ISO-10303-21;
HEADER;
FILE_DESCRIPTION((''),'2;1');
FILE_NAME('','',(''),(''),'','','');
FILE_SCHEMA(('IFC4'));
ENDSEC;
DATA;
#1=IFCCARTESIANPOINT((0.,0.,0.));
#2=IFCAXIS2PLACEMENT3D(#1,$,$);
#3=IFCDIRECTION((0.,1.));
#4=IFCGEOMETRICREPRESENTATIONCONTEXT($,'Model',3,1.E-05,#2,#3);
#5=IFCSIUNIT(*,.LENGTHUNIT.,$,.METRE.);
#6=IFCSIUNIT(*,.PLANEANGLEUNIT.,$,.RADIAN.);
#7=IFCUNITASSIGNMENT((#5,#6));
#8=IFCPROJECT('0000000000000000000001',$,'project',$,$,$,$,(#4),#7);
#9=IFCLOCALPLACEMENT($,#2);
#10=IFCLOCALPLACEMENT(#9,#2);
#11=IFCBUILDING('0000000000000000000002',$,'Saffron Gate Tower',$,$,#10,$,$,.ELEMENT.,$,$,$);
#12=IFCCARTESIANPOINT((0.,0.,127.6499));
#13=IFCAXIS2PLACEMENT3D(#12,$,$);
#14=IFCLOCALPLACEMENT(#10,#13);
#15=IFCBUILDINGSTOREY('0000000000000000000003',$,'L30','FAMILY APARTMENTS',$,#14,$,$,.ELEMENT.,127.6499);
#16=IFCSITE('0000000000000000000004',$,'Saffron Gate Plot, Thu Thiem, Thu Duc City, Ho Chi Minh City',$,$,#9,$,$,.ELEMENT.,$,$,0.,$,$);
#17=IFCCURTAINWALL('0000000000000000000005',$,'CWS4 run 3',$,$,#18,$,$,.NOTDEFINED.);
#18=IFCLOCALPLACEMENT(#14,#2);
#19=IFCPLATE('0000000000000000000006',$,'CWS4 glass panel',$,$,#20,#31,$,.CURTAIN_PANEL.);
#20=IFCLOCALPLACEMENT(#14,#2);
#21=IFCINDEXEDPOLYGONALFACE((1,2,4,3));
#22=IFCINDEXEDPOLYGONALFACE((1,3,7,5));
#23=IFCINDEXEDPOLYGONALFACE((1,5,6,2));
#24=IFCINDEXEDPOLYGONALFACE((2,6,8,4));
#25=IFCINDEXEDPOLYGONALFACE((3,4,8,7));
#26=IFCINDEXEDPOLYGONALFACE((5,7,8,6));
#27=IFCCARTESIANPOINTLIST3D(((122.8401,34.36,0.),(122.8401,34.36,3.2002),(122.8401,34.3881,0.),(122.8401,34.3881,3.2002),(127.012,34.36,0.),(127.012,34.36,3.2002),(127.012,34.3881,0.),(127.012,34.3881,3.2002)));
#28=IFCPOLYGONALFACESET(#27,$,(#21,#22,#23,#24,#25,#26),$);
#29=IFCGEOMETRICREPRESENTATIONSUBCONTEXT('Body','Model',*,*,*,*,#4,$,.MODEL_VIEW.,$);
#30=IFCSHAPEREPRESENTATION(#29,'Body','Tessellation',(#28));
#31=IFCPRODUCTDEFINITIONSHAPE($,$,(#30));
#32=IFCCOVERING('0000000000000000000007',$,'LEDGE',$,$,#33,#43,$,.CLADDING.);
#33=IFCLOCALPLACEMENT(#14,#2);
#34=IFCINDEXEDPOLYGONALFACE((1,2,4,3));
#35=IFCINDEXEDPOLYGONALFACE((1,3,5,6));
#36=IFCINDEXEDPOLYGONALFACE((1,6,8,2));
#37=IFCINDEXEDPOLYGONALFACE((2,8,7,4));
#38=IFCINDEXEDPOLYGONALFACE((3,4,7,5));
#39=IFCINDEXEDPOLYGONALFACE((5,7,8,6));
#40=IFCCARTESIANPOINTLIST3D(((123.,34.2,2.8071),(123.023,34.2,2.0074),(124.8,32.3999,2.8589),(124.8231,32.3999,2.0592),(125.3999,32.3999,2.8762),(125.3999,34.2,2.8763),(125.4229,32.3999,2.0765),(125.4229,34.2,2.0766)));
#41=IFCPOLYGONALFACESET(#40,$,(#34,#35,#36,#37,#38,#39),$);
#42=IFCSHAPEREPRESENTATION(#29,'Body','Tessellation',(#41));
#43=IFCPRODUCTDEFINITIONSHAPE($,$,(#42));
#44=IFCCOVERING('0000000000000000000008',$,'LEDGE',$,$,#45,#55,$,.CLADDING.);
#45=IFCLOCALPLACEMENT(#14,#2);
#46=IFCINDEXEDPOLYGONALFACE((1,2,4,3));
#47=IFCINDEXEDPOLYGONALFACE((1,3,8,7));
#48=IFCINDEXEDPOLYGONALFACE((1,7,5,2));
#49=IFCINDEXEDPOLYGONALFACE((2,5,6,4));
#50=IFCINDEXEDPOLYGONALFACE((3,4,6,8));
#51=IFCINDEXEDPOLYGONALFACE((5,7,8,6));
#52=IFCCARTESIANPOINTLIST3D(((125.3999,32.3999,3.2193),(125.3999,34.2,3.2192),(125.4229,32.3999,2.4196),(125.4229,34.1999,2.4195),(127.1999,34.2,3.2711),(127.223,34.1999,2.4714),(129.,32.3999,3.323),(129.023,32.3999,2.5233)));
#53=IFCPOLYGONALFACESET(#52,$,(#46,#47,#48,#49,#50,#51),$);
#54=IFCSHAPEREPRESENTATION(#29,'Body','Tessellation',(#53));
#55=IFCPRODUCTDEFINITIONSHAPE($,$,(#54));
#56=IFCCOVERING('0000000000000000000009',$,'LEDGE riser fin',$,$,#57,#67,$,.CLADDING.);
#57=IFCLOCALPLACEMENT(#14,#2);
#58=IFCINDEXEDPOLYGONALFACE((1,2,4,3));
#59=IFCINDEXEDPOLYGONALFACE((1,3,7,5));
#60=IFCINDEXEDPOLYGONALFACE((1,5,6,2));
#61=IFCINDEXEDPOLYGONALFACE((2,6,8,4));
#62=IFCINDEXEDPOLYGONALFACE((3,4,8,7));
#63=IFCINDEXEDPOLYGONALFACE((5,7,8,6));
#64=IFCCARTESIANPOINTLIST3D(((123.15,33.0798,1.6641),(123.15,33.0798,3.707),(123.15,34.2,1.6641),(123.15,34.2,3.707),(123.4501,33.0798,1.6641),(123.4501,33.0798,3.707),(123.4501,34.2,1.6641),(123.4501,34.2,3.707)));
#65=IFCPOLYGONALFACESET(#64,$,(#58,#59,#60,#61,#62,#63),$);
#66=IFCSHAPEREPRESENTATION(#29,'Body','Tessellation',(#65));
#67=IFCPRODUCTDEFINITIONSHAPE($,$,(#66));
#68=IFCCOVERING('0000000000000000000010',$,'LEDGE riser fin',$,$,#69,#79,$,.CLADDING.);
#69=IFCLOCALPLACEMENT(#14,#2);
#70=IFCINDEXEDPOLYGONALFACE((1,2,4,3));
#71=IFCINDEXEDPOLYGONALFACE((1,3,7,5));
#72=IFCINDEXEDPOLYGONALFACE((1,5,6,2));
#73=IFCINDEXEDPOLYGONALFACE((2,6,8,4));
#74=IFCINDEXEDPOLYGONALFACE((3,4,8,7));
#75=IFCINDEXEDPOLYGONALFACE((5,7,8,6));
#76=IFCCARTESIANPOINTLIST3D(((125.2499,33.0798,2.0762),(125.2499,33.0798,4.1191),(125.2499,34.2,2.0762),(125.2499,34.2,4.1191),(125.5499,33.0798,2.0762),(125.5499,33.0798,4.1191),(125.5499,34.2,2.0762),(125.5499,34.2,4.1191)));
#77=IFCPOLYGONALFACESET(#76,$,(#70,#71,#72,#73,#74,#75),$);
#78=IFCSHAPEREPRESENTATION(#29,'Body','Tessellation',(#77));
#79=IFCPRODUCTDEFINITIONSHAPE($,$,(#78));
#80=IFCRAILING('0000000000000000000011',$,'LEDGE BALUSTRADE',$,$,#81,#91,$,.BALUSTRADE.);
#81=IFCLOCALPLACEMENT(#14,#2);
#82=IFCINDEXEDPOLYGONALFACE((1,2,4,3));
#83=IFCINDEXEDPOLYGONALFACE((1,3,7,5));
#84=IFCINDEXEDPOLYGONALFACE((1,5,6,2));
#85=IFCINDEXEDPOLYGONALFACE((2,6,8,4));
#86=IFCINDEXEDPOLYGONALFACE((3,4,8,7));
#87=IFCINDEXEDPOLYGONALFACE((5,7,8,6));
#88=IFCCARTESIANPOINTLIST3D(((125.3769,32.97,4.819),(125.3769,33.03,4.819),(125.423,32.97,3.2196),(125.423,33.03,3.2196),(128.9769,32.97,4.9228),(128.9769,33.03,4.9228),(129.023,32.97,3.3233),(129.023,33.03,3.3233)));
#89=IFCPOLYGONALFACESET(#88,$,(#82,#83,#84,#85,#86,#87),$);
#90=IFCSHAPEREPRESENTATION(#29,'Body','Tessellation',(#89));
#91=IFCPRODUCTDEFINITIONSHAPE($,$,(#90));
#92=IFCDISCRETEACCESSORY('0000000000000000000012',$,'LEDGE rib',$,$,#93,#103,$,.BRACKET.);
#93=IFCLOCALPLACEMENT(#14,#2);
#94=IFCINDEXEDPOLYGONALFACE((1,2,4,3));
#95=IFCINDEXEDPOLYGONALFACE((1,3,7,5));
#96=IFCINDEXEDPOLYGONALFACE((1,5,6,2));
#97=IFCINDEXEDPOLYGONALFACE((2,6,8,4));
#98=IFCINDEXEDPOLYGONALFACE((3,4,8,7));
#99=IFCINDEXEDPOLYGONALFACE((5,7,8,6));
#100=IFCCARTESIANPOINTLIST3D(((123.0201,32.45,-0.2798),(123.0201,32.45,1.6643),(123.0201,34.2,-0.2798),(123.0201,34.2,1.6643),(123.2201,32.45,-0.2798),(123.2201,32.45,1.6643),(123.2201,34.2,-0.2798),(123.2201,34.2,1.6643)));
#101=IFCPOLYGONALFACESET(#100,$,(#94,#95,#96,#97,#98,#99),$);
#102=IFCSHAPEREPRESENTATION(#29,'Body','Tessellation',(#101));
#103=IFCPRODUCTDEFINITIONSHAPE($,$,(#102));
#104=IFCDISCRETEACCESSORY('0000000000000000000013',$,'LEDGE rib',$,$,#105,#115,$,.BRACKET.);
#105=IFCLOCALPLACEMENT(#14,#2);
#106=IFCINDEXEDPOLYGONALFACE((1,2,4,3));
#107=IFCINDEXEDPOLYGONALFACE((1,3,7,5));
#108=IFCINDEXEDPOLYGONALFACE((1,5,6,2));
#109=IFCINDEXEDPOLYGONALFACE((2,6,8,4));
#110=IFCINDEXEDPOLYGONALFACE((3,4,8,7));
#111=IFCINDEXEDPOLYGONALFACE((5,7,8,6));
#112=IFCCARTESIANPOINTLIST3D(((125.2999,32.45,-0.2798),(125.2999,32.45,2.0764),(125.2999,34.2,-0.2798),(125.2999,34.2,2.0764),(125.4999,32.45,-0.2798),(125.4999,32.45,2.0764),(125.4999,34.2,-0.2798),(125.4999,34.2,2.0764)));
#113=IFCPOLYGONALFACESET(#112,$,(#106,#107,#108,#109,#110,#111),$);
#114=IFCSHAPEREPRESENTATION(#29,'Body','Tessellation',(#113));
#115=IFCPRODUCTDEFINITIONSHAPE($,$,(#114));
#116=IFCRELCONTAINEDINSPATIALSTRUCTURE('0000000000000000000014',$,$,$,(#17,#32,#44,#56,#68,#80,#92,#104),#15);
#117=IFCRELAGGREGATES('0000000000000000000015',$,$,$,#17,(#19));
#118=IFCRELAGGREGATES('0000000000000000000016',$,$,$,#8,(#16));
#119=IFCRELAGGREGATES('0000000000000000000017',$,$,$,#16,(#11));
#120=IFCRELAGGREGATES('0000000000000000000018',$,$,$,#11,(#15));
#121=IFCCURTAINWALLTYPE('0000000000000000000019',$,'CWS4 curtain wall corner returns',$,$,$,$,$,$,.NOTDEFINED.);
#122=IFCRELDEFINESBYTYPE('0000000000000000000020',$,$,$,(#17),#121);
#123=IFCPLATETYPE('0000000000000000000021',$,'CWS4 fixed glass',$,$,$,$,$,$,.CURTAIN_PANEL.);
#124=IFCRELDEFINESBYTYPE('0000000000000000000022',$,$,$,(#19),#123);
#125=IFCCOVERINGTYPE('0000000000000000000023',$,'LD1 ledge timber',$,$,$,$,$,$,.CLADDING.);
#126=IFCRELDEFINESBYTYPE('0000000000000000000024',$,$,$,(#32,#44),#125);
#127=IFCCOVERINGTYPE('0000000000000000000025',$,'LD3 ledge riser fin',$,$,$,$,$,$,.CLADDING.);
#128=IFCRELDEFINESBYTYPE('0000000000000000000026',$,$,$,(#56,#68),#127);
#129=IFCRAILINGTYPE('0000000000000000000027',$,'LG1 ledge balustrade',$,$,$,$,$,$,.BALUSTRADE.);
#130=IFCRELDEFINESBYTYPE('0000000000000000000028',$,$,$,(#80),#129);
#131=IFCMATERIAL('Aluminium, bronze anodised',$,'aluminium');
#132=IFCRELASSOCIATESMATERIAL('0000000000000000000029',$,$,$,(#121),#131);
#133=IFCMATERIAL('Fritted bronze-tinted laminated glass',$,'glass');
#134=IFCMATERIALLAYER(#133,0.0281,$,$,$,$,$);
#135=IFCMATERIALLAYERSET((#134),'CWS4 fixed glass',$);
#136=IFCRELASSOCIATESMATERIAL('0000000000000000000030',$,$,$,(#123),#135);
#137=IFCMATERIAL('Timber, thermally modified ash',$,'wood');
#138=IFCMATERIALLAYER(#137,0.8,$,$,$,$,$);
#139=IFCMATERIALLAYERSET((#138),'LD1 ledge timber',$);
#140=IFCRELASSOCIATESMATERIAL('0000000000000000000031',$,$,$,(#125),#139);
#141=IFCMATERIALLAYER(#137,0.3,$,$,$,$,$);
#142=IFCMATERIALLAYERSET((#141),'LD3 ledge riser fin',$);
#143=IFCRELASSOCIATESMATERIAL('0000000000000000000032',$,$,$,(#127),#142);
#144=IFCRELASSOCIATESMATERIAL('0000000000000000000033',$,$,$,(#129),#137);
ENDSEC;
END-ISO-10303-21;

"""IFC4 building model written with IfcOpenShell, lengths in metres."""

from ifc_helpers import new_model, si_unit, direction, frame, frame_2d, origin, origin_2d, place, context, subcontext, project, spatial, polyline, rectangle, outline, extrude, material, layer, layer_set, type_object, element, aggregate, save


model = new_model("IFC4")

# Units and contexts
model_context = context("Model", 3, precision=1e-05, world=origin(), true_north=direction((0.0, 1.0)))
body_context = subcontext(model_context, "Body", "Model", "MODEL_VIEW")
ifc_project = project(units=[si_unit("LENGTHUNIT", "METRE"), si_unit("PLANEANGLEUNIT", "RADIAN")], contexts=[model_context])

# Site, building, storey
site_placement = place(None, origin())
site = spatial("IfcSite", under=ifc_project, at=site_placement, Name="Saffron Gate Plot, Thu Thiem, Thu Duc City, Ho Chi Minh City", CompositionType="ELEMENT", RefElevation=0.0)
building_placement = place(site_placement, origin())
building = spatial("IfcBuilding", under=site, at=building_placement, Name="Saffron Gate Tower", CompositionType="ELEMENT")
storey_placement = place(building_placement, frame((0.0, 0.0, 127.6499)))
storey = spatial("IfcBuildingStorey", under=building, at=storey_placement, Name="L30", Description="FAMILY APARTMENTS", CompositionType="ELEMENT", Elevation=127.6499)

# Shared definitions
ifc_material_1 = material(Name="Aluminium, bronze anodised", Category="aluminium")

# Curtain wall
curtain_wall_type_1 = type_object("IfcCurtainWallType", Name="CWS4 curtain wall corner returns", PredefinedType="NOTDEFINED", material=ifc_material_1)
curtain_wall_1_placement = place(storey_placement, origin())
curtain_wall_1 = element("IfcCurtainWall", 1, at=curtain_wall_1_placement, inside=storey, type_object=curtain_wall_type_1, Name="CWS4 run 3", PredefinedType="NOTDEFINED")

# Shared definitions
ifc_material_2 = material(Name="Fritted bronze-tinted laminated glass", Category="glass")

# Plate
ifc_layer_1 = layer(ifc_material_2, 0.0281)
ifc_layer_set_1 = layer_set([ifc_layer_1], Name="CWS4 fixed glass")
plate_type_1 = type_object("IfcPlateType", Name="CWS4 fixed glass", PredefinedType="CURTAIN_PANEL", material=ifc_layer_set_1)
plate_1_placement = place(storey_placement, frame((122.8401, 34.374, 0.0), z_axis=(0.0, 0.0, 1.0), x_axis=(1.0, 0.0, 0.0)))
plate_1 = element("IfcPlate", 2, at=plate_1_placement, type_object=plate_type_1, Name="CWS4 glass panel", PredefinedType="CURTAIN_PANEL", context=body_context, shape_type="SweptSolid", body=[
    extrude(rectangle(XDim=4.1719, YDim=0.0281, at=frame_2d((2.0859, 0.0))), origin(), (0.0, 0.0, 1.0), 3.2002),
])
aggregate(curtain_wall_1, [plate_1])

# Coverings
ifc_material_3 = material(Name="Timber, thermally modified ash", Category="wood")
ifc_layer_2 = layer(ifc_material_3, 0.8)
ifc_layer_set_2 = layer_set([ifc_layer_2], Name="LD1 ledge timber")
covering_type_1 = type_object("IfcCoveringType", Name="LD1 ledge timber", PredefinedType="CLADDING", material=ifc_layer_set_2)
covering_1_placement = place(storey_placement, frame((123.0, 34.2, 2.8071), z_axis=(-0.028799, -0.000029, 0.999585), x_axis=(0.999585, 0.0, 0.028799)))
element("IfcCovering", 3, at=covering_1_placement, inside=storey, type_object=covering_type_1, Name="LEDGE", PredefinedType="CLADDING", context=body_context, shape_type="SweptSolid", body=[
    extrude(outline(polyline([(0.0, 0.0), (2.4009, 0.0), (2.4009, -1.8), (1.8008, -1.8), (0.0, 0.0)])), origin(), (0.0, 0.0, -1.0), 0.8),
])
covering_2_placement = place(storey_placement, frame((125.3999, 34.2, 3.2192), z_axis=(-0.028787, 0.000045, 0.999586), x_axis=(0.999586, 0.0, 0.028787)))
element("IfcCovering", 4, at=covering_2_placement, inside=storey, type_object=covering_type_1, Name="LEDGE", PredefinedType="CLADDING", context=body_context, shape_type="SweptSolid", body=[
    extrude(outline(polyline([(0.0, 0.0), (1.8008, 0.0), (3.6016, -1.8), (0.0, -1.8), (0.0, 0.0)])), origin(), (0.0, 0.0, -1.0), 0.8),
])
ifc_layer_3 = layer(ifc_material_3, 0.3)
ifc_layer_set_3 = layer_set([ifc_layer_3], Name="LD3 ledge riser fin")
covering_type_2 = type_object("IfcCoveringType", Name="LD3 ledge riser fin", PredefinedType="CLADDING", material=ifc_layer_set_3)
for number, where, z_axis, x_axis, name in (
    (5, (123.3, 33.6399, 1.6641), (0.0, 0.0, 1.0), (1.0, 0.0, 0.0), "LEDGE riser fin"),
    (6, (125.3999, 33.6399, 2.0762), (0.0, 0.0, 1.0), (1.0, 0.0, 0.0), "LEDGE riser fin"),
):
    element("IfcCovering", number, at=place(storey_placement, frame(where, z_axis=z_axis, x_axis=x_axis)), inside=storey, type_object=covering_type_2, Name=name, PredefinedType="CLADDING", context=body_context, shape_type="SweptSolid", body=[
        extrude(rectangle(XDim=0.3, YDim=1.1201, at=origin_2d()), origin(), (0.0, 0.0, 1.0), 2.043),
    ])

# Railing
railing_type = type_object("IfcRailingType", Name="LG1 ledge balustrade", PredefinedType="BALUSTRADE", material=ifc_material_3)
railing_placement = place(storey_placement, frame((125.3999, 33.0, 3.2192)))
element("IfcRailing", 7, at=railing_placement, inside=storey, type_object=railing_type, Name="LEDGE BALUSTRADE", PredefinedType="BALUSTRADE", context=body_context, shape_type="SweptSolid", body=[
    extrude(rectangle(XDim=0.0601, YDim=1.6001, at=origin_2d()), frame((0.0, 0.0, 0.8), z_axis=(0.999585, 0.0, 0.028809), x_axis=(0.0, 1.0, 0.0)), (0.0, 0.0, 1.0), 3.6016),
])

# Discrete accessories
discrete_accessory_1_placement = place(storey_placement, frame((123.1201, 33.325, -0.2798), z_axis=(0.0, 0.0, 1.0), x_axis=(1.0, 0.0, 0.0)))
element("IfcDiscreteAccessory", 8, at=discrete_accessory_1_placement, inside=storey, Name="LEDGE rib", PredefinedType="BRACKET", context=body_context, shape_type="SweptSolid", body=[
    extrude(rectangle(XDim=0.2, YDim=1.75, at=origin_2d()), origin(), (0.0, 0.0, 1.0), 1.9441),
])
discrete_accessory_2_placement = place(storey_placement, frame((125.3999, 33.325, -0.2798), z_axis=(0.0, 0.0, 1.0), x_axis=(1.0, 0.0, 0.0)))
element("IfcDiscreteAccessory", 9, at=discrete_accessory_2_placement, inside=storey, Name="LEDGE rib", PredefinedType="BRACKET", context=body_context, shape_type="SweptSolid", body=[
    extrude(rectangle(XDim=0.2, YDim=1.75, at=origin_2d()), origin(), (0.0, 0.0, 1.0), 2.3562),
])

save(model, "model.ifc")
